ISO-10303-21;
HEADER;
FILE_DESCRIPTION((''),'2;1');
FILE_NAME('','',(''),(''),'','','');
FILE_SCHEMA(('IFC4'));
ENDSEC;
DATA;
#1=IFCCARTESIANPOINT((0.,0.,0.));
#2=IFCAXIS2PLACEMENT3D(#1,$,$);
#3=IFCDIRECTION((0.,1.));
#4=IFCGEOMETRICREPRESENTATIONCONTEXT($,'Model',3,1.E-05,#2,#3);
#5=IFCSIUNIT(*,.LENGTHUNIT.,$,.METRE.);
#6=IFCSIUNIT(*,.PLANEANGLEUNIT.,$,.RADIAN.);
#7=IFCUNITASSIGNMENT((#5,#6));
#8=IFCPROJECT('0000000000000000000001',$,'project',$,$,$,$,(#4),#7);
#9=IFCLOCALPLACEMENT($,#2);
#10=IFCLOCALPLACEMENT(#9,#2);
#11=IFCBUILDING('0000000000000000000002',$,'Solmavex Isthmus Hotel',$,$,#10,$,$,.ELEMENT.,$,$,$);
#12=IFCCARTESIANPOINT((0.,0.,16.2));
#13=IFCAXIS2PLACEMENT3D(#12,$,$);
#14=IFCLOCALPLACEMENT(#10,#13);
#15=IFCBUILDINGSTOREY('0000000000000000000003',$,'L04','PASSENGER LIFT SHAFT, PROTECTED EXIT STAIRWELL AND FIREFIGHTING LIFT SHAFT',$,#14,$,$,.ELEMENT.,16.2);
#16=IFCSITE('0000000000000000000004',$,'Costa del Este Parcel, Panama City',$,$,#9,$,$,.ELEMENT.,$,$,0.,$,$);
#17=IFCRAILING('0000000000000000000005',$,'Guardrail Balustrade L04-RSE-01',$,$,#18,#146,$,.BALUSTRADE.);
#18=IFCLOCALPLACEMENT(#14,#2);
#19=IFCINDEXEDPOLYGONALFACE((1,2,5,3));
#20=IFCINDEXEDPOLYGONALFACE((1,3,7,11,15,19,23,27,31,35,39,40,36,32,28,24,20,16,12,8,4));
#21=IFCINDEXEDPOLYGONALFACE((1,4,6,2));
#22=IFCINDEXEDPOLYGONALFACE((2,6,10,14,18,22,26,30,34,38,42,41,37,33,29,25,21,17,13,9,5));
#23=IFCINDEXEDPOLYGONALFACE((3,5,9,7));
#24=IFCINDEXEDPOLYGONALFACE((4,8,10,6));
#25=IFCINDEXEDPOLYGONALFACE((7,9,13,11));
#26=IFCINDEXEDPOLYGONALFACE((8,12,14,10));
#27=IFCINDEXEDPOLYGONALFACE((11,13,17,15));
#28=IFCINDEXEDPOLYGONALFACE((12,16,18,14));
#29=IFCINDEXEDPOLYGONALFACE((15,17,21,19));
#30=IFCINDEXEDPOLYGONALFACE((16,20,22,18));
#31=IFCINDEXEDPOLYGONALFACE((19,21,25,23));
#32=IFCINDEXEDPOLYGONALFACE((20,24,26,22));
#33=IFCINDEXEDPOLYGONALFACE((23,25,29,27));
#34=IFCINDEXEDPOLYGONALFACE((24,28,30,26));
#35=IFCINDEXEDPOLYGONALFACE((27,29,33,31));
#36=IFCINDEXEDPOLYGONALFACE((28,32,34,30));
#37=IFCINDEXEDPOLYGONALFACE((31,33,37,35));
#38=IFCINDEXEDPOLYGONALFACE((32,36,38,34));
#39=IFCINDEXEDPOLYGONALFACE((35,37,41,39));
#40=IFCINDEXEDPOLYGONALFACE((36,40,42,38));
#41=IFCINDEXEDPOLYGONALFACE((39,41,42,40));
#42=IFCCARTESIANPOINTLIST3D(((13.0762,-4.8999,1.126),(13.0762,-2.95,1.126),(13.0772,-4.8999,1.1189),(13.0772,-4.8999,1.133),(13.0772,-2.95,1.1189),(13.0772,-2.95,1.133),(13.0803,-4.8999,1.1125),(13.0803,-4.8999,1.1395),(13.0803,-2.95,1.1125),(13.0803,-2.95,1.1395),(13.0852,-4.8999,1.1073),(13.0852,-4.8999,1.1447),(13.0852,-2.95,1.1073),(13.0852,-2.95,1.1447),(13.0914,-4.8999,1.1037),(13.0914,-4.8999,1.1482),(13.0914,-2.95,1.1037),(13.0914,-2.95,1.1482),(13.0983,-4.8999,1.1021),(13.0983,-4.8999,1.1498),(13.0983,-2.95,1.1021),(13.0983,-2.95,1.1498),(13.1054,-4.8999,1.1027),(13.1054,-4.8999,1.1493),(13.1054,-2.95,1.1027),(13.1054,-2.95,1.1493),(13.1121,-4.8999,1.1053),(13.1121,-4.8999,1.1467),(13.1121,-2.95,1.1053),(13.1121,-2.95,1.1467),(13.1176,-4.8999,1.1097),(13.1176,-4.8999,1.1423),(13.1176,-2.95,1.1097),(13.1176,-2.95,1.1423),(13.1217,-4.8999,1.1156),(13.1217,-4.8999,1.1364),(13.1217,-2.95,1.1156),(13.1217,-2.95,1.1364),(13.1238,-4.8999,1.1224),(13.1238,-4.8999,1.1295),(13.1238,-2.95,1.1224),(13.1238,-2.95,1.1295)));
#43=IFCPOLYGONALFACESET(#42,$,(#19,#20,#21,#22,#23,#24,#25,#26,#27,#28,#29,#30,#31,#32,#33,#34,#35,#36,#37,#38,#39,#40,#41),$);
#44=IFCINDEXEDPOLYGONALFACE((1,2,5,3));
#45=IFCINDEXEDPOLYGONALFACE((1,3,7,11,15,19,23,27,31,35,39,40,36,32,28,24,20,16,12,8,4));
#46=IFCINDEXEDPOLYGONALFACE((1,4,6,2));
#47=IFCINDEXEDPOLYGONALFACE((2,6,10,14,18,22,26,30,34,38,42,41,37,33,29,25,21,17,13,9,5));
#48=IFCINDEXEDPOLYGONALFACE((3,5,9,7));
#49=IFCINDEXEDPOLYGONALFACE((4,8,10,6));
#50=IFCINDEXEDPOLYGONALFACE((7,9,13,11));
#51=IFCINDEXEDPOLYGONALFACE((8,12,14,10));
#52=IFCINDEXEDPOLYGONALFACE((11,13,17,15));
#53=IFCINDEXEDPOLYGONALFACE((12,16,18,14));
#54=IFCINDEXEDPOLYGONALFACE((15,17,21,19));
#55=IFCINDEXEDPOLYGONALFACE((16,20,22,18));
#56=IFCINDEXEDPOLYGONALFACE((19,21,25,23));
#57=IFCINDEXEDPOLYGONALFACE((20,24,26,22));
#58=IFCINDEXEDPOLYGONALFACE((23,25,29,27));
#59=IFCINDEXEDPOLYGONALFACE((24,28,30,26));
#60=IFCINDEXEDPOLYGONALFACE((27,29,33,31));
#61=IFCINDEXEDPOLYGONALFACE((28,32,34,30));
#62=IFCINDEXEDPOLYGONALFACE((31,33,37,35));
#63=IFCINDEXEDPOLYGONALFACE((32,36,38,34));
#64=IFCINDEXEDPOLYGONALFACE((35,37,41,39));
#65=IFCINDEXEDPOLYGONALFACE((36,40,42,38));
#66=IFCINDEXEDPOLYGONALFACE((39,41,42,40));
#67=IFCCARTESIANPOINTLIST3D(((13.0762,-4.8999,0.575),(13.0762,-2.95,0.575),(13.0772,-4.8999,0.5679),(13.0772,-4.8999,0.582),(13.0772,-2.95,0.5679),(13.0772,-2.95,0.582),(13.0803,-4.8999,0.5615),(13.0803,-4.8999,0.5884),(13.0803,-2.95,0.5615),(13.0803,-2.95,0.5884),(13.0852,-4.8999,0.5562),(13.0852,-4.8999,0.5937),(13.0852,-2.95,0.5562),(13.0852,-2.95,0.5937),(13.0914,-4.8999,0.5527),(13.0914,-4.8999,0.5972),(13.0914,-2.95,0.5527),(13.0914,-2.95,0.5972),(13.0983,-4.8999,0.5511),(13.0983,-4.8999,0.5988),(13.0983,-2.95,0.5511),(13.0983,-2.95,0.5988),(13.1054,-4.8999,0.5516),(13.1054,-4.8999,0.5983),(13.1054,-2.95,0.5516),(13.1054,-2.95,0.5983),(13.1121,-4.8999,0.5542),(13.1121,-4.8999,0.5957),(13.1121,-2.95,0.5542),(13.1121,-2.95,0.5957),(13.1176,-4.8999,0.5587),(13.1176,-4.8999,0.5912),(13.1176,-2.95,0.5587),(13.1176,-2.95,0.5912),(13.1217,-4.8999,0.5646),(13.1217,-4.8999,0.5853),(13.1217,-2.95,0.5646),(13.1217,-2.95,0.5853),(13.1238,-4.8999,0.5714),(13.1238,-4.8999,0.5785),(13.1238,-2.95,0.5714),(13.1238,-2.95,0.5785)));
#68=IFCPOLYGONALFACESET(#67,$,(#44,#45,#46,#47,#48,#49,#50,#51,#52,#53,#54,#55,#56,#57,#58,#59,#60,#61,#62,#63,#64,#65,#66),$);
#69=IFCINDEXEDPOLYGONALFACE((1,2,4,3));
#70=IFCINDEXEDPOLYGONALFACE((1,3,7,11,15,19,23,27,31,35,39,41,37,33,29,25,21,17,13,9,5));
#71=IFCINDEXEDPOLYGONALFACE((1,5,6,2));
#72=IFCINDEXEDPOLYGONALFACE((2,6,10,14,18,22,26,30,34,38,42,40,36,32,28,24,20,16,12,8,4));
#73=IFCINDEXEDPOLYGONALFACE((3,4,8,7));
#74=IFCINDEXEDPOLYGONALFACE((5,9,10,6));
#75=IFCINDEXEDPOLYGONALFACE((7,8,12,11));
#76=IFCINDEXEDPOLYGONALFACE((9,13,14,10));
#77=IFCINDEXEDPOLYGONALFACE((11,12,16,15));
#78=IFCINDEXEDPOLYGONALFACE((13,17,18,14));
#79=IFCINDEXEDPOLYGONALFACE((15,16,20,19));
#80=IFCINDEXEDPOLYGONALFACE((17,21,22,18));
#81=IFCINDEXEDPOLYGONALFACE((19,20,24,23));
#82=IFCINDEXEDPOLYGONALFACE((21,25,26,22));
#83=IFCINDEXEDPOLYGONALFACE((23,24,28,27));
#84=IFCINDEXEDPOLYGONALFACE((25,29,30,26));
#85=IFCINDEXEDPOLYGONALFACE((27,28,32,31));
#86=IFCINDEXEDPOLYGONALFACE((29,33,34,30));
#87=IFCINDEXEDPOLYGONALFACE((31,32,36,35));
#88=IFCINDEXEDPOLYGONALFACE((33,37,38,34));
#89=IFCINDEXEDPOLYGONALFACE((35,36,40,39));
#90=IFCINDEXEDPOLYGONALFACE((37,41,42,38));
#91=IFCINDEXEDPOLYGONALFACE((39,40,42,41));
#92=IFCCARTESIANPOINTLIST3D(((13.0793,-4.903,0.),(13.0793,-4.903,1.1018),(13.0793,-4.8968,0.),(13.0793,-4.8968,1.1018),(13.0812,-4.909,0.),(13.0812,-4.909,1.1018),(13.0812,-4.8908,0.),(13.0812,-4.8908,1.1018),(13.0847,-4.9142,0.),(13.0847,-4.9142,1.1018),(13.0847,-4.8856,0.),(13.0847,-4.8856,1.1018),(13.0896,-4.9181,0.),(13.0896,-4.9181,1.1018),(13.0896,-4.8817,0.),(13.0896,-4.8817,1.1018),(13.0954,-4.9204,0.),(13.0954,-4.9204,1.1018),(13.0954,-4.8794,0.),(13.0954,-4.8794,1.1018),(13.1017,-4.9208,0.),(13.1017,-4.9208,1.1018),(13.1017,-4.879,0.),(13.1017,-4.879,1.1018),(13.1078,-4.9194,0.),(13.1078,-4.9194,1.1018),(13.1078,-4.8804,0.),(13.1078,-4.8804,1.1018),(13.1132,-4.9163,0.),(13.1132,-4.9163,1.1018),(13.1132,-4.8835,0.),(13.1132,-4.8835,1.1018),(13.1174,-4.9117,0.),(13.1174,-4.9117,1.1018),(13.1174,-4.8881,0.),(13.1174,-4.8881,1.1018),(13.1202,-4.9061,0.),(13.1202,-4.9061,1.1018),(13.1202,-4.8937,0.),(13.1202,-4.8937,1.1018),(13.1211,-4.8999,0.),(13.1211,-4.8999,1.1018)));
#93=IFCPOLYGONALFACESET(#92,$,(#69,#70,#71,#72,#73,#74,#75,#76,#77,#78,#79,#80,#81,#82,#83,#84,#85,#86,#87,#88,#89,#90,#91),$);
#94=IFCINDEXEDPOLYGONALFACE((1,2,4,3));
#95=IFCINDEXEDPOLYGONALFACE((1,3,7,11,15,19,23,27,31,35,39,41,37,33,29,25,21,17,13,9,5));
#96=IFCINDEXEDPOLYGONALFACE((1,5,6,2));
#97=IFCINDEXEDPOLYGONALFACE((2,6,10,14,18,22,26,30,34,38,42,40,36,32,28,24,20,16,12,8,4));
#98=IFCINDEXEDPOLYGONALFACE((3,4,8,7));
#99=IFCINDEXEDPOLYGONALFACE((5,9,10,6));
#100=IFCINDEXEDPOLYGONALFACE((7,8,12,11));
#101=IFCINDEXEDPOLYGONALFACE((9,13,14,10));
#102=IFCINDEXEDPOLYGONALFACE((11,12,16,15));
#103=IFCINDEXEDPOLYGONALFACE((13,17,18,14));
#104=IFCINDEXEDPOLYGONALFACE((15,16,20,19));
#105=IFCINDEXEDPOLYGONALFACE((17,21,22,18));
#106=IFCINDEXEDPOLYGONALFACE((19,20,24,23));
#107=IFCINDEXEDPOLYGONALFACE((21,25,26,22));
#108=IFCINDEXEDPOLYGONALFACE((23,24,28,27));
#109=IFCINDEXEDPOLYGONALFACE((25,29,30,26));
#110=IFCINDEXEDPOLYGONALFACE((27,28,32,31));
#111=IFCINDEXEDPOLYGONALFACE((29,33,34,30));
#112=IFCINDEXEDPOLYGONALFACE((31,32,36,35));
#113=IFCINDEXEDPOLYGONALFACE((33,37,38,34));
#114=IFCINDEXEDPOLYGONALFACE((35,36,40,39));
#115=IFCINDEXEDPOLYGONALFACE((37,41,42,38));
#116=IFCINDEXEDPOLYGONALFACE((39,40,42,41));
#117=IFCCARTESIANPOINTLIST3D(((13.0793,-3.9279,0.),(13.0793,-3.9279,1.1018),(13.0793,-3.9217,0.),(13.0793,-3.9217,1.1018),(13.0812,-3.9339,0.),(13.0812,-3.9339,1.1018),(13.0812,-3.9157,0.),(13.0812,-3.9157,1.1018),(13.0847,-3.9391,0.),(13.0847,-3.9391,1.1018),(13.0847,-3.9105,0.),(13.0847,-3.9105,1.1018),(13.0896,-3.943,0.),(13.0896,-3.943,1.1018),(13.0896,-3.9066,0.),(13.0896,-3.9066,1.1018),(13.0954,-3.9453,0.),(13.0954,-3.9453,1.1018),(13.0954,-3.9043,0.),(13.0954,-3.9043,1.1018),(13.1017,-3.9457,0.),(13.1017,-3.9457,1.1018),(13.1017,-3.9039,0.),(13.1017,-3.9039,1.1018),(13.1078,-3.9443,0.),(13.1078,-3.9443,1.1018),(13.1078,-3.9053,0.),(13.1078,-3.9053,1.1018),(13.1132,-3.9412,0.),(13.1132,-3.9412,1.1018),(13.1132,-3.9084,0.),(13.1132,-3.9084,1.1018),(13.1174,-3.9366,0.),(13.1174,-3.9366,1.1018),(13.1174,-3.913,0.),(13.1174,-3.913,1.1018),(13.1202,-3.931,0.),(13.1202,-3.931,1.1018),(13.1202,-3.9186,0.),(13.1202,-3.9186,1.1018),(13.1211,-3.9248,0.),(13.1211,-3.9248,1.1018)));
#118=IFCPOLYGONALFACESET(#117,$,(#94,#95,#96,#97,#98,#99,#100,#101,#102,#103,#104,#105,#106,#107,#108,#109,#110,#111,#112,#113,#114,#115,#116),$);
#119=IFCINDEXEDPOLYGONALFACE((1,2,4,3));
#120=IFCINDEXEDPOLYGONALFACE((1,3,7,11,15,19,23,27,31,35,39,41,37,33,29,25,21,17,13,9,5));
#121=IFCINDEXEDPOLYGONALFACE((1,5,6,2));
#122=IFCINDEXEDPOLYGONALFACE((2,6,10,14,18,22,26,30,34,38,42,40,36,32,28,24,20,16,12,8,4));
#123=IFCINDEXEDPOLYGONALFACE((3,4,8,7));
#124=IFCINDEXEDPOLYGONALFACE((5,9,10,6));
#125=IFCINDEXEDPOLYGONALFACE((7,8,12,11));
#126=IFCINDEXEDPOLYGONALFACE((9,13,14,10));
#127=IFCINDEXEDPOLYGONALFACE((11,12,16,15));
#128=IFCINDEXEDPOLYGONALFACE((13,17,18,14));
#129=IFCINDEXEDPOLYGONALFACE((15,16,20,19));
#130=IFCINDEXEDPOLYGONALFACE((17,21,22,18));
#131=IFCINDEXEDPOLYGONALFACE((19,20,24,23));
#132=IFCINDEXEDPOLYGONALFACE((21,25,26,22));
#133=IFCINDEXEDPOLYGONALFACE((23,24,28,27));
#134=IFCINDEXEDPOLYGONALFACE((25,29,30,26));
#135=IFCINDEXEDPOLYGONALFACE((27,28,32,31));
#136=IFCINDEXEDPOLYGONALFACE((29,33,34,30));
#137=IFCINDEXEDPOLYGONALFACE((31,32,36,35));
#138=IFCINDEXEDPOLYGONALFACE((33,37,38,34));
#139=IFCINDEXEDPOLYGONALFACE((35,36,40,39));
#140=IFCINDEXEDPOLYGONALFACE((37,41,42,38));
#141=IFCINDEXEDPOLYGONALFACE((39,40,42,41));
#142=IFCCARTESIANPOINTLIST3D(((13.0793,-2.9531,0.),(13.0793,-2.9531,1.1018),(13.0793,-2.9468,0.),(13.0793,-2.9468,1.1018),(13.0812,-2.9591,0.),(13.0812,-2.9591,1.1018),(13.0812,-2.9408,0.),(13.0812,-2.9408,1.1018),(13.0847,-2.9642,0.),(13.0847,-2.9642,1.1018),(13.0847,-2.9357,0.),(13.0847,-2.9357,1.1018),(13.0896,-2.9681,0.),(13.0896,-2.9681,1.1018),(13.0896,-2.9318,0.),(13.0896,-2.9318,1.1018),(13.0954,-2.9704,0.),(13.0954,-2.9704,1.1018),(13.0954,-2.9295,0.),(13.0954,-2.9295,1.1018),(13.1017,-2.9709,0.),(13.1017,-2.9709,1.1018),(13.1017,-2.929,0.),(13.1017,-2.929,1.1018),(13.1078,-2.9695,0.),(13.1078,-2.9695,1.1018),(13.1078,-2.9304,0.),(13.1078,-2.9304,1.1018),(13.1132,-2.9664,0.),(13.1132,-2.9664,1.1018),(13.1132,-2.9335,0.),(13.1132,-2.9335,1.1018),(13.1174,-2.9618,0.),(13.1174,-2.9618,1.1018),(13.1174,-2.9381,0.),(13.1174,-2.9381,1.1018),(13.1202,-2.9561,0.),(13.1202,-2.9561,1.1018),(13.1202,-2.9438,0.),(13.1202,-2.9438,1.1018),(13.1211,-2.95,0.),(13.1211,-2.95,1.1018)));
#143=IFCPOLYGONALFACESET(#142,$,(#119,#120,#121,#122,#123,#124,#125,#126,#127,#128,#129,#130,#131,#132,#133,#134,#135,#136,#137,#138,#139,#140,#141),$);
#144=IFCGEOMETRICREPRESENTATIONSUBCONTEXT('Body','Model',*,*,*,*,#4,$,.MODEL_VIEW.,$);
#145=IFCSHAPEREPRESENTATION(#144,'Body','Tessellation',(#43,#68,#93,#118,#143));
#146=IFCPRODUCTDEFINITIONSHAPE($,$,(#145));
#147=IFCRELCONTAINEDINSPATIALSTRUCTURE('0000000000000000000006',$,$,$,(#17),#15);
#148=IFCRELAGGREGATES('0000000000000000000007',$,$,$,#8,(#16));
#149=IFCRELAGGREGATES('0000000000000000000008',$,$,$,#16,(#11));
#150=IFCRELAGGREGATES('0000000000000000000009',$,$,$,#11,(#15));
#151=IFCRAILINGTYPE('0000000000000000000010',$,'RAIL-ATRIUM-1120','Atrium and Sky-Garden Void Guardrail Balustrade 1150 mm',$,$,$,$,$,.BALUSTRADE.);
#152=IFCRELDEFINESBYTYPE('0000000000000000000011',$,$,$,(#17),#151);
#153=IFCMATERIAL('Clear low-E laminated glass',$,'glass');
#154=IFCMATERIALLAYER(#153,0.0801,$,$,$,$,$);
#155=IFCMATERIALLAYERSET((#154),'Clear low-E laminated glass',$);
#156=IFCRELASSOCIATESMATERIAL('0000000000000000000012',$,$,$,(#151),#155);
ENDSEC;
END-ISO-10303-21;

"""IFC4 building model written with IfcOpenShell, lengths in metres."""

from ifc_helpers import new_model, si_unit, direction, frame, origin, origin_2d, place, context, subcontext, project, spatial, circle, extrude, material, layer, layer_set, type_object, element, save


model = new_model("IFC4")

# Units and contexts
model_context = context("Model", 3, precision=1e-05, world=origin(), true_north=direction((0.0, 1.0)))
body_context = subcontext(model_context, "Body", "Model", "MODEL_VIEW")
ifc_project = project(units=[si_unit("LENGTHUNIT", "METRE"), si_unit("PLANEANGLEUNIT", "RADIAN")], contexts=[model_context])

# Site, building, storey
site_placement = place(None, origin())
site = spatial("IfcSite", under=ifc_project, at=site_placement, Name="Costa del Este Parcel, Panama City", CompositionType="ELEMENT", RefElevation=0.0)
building_placement = place(site_placement, origin())
building = spatial("IfcBuilding", under=site, at=building_placement, Name="Solmavex Isthmus Hotel", CompositionType="ELEMENT")
storey_placement = place(building_placement, frame((0.0, 0.0, 16.2)))
storey = spatial("IfcBuildingStorey", under=building, at=storey_placement, Name="L04", Description="PASSENGER LIFT SHAFT, PROTECTED EXIT STAIRWELL AND FIREFIGHTING LIFT SHAFT", CompositionType="ELEMENT", Elevation=16.2)

# Railing
ifc_material_1 = material(Name="Clear low-E laminated glass", Category="glass")
ifc_layer_1 = layer(ifc_material_1, 0.0801)
ifc_layer_set_1 = layer_set([ifc_layer_1], Name="Clear low-E laminated glass")
railing_type_1 = type_object("IfcRailingType", Name="RAIL-ATRIUM-1120", Description="Atrium and Sky-Garden Void Guardrail Balustrade 1150 mm", PredefinedType="BALUSTRADE", material=ifc_layer_set_1)
railing_1_placement = place(storey_placement, frame((13.1001, -4.8999, 0.0)))
element("IfcRailing", 1, at=railing_1_placement, inside=storey, type_object=railing_type_1, Name="Guardrail Balustrade L04-RSE-01", PredefinedType="BALUSTRADE", context=body_context, shape_type="SweptSolid", body=[
    extrude(circle(Radius=0.0239, at=origin_2d()), frame((0.0, 0.0, 1.126), z_axis=(0.0, 1.0, 0.0), x_axis=(-1.0, 0.0, 0.0)), (0.0, 0.0, 1.0), 1.95),
    extrude(circle(Radius=0.0239, at=origin_2d()), frame((0.0, 0.0, 0.575), z_axis=(0.0, 1.0, 0.0), x_axis=(-1.0, 0.0, 0.0)), (0.0, 0.0, 1.0), 1.95),
    extrude(circle(Radius=0.021, at=origin_2d()), origin(), (0.0, 0.0, 1.0), 1.1018),
    extrude(circle(Radius=0.021, at=origin_2d()), frame((0.0, 0.9751, 0.0)), (0.0, 0.0, 1.0), 1.1018),
    extrude(circle(Radius=0.021, at=origin_2d()), frame((0.0, 1.95, 0.0)), (0.0, 0.0, 1.0), 1.1018),
])

save(model, "model.ifc")
